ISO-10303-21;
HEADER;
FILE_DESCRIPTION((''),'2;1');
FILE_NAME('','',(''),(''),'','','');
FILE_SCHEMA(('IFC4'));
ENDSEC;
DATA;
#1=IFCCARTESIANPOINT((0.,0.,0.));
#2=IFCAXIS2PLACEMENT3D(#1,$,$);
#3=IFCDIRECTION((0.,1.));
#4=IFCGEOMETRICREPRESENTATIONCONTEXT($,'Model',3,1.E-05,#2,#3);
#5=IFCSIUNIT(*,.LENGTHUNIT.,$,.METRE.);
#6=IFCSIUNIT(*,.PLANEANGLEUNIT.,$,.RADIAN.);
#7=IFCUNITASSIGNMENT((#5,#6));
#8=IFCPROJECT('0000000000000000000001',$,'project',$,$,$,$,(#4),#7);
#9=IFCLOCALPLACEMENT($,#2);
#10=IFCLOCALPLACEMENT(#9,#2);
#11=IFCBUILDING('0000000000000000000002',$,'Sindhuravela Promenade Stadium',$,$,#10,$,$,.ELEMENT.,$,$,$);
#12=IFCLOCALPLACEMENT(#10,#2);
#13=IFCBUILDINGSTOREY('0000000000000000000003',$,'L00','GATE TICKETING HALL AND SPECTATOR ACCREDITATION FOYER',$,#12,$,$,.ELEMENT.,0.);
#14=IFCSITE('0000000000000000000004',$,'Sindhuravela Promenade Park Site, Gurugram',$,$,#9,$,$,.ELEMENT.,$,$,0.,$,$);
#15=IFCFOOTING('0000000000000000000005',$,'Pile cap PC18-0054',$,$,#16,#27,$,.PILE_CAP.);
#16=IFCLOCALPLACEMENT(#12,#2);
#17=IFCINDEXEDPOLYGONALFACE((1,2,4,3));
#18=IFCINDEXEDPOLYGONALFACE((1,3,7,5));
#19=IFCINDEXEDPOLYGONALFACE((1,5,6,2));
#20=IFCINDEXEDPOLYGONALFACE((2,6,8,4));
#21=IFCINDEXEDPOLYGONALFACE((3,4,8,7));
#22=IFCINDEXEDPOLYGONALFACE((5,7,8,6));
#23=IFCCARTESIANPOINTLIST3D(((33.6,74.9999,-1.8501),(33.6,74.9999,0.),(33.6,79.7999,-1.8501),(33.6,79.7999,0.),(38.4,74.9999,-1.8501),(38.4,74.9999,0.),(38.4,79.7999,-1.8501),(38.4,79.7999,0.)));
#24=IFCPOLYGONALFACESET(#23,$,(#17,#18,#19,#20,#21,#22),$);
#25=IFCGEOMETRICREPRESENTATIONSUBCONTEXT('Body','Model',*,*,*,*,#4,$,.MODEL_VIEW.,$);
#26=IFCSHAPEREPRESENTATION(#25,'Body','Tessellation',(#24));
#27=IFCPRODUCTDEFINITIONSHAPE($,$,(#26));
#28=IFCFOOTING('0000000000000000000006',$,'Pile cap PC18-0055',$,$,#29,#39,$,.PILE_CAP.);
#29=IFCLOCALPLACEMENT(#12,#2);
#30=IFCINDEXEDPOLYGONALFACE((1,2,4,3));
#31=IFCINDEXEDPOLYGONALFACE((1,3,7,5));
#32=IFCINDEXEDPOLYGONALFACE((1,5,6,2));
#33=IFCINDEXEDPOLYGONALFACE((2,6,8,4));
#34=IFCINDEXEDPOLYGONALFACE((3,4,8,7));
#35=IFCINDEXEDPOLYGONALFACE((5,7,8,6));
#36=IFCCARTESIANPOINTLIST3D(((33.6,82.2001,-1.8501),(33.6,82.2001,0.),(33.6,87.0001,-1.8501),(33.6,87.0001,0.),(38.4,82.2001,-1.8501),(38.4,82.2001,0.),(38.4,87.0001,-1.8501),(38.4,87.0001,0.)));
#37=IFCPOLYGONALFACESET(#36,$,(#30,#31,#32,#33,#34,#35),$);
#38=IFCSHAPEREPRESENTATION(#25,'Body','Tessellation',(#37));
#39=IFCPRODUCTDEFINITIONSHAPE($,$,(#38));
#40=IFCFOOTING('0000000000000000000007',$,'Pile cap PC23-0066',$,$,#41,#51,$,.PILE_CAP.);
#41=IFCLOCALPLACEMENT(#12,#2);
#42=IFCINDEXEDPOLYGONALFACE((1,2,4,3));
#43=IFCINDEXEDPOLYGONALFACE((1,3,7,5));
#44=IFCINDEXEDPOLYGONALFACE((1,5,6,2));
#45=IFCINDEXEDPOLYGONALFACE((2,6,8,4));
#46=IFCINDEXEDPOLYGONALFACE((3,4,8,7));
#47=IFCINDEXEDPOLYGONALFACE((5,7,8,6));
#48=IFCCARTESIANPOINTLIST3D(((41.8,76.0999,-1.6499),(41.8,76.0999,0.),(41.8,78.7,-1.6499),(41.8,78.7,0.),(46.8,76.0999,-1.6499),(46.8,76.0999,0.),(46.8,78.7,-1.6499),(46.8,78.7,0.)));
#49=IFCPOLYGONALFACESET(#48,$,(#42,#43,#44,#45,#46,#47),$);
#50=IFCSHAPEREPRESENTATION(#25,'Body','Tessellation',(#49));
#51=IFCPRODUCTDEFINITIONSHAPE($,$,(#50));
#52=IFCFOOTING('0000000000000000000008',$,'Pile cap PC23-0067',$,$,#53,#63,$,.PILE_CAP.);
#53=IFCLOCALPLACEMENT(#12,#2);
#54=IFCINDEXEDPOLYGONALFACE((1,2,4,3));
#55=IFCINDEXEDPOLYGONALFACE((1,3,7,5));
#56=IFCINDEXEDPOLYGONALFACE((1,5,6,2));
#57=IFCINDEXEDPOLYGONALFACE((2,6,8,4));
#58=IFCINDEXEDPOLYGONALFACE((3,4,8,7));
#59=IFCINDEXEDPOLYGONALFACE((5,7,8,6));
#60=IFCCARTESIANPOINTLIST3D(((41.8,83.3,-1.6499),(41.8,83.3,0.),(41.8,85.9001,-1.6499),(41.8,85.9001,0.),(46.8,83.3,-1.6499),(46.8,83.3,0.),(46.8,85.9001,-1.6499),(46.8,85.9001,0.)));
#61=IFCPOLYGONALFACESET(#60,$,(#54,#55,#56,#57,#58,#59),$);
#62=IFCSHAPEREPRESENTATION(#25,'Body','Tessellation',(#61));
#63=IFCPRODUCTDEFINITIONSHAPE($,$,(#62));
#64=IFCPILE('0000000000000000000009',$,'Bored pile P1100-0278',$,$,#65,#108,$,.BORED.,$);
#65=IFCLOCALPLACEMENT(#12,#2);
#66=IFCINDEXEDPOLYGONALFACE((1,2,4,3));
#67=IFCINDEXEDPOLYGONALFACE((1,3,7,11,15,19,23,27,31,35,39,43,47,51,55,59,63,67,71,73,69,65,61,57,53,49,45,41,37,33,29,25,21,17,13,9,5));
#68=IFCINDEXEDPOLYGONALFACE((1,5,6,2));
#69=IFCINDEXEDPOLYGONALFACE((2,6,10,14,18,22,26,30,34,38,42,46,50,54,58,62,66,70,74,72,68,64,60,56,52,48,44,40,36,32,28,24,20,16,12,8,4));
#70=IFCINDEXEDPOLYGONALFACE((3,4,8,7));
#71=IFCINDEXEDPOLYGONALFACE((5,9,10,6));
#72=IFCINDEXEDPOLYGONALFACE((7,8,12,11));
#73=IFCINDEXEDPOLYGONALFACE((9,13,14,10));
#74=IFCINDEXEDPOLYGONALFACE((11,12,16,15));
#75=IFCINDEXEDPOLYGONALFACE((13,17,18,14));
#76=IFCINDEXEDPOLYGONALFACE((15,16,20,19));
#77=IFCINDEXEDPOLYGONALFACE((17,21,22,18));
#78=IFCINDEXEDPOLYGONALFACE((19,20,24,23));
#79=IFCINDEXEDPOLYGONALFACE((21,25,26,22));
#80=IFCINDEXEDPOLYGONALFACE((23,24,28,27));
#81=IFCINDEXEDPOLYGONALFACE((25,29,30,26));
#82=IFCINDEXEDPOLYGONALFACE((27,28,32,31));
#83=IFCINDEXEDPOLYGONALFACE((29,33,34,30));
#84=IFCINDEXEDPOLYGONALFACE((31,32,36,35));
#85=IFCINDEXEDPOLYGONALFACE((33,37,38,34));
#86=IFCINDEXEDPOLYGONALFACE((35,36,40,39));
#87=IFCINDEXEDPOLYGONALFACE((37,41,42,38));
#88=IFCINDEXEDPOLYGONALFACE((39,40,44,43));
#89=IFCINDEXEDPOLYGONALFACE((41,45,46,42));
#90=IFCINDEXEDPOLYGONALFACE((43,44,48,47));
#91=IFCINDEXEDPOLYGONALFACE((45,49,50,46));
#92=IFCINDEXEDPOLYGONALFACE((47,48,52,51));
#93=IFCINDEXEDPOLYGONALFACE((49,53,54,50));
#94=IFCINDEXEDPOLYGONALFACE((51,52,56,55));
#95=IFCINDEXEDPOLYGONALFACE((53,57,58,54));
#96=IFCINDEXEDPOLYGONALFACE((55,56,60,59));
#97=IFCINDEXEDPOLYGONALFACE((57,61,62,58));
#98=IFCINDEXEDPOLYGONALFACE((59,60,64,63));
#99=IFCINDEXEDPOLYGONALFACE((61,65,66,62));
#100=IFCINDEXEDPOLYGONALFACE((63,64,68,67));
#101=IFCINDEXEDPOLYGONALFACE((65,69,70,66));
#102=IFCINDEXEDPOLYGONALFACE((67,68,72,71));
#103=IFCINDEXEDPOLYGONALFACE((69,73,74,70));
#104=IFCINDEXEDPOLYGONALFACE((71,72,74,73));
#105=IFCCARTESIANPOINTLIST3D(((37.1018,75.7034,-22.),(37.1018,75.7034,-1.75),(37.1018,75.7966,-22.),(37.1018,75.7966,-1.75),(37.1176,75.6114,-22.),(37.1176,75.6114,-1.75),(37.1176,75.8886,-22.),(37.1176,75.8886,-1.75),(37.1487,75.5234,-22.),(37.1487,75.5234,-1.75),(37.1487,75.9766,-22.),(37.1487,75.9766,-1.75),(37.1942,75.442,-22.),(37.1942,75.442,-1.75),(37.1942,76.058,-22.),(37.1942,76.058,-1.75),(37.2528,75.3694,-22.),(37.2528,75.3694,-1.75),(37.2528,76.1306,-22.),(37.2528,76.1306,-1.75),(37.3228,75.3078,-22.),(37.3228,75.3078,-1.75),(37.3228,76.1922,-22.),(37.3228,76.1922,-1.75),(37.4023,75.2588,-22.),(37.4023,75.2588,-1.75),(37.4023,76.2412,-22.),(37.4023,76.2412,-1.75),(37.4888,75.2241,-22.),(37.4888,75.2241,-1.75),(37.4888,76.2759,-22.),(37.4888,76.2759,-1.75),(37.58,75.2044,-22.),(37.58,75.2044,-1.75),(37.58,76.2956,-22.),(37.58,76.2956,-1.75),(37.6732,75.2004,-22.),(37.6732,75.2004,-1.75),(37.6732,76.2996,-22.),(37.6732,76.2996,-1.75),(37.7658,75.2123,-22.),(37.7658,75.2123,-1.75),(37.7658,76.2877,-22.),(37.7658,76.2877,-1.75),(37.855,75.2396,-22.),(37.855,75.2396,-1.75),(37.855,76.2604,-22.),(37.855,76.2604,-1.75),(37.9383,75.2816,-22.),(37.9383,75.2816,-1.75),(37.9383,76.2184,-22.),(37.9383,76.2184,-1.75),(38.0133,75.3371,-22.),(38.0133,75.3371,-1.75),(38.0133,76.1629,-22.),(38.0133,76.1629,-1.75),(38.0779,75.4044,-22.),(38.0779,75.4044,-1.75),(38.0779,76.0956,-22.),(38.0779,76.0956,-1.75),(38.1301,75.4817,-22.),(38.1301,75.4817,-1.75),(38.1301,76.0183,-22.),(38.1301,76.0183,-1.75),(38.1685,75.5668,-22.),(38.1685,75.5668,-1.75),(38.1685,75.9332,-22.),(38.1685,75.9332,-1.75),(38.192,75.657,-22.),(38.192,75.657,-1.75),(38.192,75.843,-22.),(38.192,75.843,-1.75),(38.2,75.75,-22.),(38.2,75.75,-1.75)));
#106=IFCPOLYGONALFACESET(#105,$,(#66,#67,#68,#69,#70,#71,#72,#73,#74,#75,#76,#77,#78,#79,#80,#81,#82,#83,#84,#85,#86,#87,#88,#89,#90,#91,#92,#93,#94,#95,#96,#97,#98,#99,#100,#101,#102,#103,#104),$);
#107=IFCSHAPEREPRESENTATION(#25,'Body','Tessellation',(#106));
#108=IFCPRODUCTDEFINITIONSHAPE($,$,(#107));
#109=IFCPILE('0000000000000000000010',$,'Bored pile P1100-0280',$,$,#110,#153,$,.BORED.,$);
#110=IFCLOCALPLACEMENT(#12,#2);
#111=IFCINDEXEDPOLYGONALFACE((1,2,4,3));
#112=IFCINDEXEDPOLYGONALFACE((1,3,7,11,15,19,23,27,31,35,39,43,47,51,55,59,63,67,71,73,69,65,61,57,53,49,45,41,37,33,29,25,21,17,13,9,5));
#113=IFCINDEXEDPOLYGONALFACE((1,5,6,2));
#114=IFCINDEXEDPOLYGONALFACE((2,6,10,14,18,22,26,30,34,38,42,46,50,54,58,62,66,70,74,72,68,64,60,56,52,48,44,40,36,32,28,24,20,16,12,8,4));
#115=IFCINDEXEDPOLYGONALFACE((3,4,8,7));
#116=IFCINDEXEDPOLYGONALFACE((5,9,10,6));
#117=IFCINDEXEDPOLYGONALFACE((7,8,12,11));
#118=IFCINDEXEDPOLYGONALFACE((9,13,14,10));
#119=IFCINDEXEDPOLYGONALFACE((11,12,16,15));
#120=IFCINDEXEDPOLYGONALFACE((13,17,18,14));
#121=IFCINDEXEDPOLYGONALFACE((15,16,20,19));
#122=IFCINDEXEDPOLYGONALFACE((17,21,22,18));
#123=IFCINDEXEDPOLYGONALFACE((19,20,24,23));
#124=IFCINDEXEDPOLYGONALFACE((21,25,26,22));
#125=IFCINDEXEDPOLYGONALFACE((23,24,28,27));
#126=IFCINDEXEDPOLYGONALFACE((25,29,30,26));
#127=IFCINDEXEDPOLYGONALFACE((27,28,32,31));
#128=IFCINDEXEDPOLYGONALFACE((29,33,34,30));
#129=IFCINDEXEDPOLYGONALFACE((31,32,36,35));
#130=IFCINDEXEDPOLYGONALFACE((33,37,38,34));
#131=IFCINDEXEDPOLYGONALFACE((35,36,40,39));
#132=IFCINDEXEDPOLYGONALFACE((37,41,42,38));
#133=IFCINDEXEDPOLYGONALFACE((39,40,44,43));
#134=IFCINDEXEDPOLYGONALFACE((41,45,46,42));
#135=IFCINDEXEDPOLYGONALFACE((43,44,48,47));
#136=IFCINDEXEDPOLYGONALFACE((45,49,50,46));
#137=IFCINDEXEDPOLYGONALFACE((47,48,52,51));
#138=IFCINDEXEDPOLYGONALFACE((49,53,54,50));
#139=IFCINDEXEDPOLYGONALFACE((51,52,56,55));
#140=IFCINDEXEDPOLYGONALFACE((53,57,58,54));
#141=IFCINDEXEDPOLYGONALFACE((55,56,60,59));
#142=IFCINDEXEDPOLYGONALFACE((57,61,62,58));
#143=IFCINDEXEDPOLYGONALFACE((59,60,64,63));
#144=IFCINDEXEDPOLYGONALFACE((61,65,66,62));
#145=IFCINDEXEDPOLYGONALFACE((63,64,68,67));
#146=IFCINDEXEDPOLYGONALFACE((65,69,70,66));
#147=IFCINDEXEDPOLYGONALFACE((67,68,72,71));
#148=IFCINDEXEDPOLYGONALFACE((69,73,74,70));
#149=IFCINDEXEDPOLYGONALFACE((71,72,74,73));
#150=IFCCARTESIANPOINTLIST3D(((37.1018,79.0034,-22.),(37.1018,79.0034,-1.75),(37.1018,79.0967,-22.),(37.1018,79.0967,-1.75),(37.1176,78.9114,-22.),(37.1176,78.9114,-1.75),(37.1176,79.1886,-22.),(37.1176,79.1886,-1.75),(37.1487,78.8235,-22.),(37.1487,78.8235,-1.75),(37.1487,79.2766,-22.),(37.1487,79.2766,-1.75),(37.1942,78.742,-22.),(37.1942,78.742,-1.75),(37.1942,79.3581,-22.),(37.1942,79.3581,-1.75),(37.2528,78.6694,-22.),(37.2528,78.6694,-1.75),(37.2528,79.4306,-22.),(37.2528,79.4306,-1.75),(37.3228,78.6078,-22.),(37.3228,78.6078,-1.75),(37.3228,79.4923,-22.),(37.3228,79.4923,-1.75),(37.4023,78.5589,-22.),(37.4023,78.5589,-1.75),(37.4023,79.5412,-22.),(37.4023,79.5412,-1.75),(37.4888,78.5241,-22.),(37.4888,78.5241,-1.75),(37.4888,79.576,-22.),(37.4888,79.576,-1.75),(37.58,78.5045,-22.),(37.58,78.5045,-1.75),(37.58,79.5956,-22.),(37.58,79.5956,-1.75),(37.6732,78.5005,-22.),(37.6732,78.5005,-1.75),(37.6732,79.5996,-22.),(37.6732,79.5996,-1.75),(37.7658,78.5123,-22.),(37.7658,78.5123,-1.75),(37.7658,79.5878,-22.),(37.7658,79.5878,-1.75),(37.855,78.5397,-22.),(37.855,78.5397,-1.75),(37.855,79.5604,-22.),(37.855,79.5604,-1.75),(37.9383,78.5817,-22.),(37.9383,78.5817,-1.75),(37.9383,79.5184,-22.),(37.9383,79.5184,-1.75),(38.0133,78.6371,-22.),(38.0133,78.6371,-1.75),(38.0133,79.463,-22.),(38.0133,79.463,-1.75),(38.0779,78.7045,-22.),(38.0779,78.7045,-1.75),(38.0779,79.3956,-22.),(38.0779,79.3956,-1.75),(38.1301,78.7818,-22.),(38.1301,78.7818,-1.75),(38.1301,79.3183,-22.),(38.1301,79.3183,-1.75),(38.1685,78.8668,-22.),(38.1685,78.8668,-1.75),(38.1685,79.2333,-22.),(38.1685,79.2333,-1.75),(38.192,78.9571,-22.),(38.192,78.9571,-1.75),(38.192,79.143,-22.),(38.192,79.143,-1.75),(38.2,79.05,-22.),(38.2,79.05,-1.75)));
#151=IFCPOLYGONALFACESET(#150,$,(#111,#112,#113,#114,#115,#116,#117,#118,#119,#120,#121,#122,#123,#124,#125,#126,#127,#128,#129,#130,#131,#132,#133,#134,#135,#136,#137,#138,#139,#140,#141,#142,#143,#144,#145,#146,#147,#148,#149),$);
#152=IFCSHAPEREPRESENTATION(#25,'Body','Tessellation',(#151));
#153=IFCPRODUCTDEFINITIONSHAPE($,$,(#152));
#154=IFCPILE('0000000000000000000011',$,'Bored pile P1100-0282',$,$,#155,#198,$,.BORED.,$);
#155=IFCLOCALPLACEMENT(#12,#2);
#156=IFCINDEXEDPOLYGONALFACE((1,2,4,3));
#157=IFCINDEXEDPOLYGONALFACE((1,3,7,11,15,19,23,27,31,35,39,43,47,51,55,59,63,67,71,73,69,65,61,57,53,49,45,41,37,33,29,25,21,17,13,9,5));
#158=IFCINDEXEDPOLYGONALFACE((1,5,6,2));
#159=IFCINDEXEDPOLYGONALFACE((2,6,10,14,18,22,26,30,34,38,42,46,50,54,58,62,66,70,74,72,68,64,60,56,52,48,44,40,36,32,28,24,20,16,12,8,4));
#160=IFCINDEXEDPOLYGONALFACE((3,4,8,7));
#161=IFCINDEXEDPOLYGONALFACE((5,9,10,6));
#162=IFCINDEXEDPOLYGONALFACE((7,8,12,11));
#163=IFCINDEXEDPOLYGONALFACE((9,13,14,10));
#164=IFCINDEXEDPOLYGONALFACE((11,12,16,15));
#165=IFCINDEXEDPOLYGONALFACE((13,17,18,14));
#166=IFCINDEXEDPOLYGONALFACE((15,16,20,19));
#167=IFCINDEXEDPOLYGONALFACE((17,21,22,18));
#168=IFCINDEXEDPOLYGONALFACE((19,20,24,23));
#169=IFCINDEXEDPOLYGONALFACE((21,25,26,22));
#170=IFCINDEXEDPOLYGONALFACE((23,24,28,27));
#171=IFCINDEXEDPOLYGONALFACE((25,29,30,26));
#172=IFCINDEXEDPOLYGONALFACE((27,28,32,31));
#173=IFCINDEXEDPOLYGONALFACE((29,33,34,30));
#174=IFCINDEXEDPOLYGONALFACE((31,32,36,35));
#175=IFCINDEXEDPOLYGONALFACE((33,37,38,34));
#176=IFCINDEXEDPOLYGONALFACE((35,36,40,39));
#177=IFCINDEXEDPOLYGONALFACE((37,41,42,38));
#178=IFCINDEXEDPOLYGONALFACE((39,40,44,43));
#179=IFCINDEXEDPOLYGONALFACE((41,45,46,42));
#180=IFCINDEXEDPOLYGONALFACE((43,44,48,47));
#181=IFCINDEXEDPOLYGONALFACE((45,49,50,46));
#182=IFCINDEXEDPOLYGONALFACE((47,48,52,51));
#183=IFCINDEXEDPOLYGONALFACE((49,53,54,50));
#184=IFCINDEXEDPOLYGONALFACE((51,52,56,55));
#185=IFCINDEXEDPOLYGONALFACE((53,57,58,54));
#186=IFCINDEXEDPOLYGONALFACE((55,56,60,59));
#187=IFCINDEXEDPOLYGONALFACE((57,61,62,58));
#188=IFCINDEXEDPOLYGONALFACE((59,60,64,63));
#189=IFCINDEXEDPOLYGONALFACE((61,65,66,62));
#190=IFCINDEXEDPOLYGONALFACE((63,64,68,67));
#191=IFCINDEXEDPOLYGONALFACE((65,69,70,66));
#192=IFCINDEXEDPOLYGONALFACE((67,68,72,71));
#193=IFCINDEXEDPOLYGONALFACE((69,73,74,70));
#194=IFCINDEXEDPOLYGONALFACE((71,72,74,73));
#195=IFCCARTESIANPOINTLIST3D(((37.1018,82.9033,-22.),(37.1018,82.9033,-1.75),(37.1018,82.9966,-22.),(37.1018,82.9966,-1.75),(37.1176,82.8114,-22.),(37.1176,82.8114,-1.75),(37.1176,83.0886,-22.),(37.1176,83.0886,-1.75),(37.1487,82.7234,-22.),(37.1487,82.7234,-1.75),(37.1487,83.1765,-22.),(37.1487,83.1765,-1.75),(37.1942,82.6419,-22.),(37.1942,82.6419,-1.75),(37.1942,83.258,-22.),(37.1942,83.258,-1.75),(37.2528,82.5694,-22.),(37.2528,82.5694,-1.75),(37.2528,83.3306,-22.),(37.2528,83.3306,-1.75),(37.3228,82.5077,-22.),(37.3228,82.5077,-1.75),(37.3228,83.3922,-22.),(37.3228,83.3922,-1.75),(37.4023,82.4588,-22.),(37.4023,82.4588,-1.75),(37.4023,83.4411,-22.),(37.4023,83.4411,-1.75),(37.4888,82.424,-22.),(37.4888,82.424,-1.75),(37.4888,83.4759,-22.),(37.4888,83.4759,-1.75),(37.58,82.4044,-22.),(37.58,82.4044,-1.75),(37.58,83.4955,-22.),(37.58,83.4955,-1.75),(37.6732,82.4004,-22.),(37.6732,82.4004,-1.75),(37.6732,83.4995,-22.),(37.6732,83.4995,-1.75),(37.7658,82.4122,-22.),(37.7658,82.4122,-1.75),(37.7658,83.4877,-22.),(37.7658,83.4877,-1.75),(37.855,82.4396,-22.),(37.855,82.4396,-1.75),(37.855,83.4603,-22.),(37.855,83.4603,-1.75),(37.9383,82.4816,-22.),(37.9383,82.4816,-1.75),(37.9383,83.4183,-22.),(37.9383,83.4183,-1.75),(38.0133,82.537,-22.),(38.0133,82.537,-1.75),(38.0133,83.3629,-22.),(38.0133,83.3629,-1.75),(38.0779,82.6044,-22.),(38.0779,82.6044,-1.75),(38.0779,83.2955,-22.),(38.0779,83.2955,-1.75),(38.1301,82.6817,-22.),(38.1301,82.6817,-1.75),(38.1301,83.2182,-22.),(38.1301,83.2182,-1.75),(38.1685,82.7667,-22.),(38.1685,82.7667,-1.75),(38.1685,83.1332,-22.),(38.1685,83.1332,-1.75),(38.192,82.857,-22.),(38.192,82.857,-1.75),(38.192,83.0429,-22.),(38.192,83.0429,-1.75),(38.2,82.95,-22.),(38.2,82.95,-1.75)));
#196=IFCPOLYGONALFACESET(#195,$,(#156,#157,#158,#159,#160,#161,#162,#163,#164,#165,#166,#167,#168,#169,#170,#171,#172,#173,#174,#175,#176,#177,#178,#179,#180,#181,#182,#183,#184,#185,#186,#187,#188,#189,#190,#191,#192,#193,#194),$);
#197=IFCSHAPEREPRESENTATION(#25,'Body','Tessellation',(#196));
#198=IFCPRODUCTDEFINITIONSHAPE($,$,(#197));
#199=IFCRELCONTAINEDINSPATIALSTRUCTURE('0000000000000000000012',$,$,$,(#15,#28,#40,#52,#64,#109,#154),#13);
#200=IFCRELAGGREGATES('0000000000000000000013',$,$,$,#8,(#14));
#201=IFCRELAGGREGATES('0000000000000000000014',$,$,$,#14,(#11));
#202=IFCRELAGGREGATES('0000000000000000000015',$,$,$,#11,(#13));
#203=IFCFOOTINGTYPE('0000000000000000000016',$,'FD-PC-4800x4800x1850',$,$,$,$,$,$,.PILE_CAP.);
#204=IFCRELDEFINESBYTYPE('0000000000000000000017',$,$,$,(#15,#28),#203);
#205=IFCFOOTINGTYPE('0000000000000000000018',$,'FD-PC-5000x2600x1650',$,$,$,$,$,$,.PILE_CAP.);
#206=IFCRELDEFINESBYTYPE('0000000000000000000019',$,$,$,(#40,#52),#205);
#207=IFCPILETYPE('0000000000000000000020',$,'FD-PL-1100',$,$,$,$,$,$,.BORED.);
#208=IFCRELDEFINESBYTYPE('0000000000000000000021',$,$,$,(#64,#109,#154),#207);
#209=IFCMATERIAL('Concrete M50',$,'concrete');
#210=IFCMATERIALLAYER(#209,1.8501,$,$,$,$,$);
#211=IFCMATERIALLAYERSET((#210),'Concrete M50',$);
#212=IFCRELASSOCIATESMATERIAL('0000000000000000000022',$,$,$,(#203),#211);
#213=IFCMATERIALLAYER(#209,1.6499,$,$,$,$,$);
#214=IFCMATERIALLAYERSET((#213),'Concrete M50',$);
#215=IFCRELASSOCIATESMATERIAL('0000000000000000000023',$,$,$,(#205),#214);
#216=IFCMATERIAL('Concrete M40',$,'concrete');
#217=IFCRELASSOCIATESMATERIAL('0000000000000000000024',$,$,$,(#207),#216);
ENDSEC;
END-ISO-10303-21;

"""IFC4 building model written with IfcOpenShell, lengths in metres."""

from ifc_helpers import new_model, si_unit, direction, frame, origin, origin_2d, place, context, subcontext, project, spatial, rectangle, circle, extrude, material, layer, layer_set, material_profile, profile_set, type_object, element, save


model = new_model("IFC4")

# Units and contexts
model_context = context("Model", 3, precision=1e-05, world=origin(), true_north=direction((0.0, 1.0)))
body_context = subcontext(model_context, "Body", "Model", "MODEL_VIEW")
ifc_project = project(units=[si_unit("LENGTHUNIT", "METRE"), si_unit("PLANEANGLEUNIT", "RADIAN")], contexts=[model_context])

# Site, building, storey
site_placement = place(None, origin())
site = spatial("IfcSite", under=ifc_project, at=site_placement, Name="Sindhuravela Promenade Park Site, Gurugram", CompositionType="ELEMENT", RefElevation=0.0)
building_placement = place(site_placement, origin())
building = spatial("IfcBuilding", under=site, at=building_placement, Name="Sindhuravela Promenade Stadium", CompositionType="ELEMENT")
storey_placement = place(building_placement, origin())
storey = spatial("IfcBuildingStorey", under=building, at=storey_placement, Name="L00", Description="GATE TICKETING HALL AND SPECTATOR ACCREDITATION FOYER", CompositionType="ELEMENT", Elevation=0.0)

# Footings
ifc_material_1 = material(Name="Concrete M50", Category="concrete")
ifc_layer_1 = layer(ifc_material_1, 1.8501)
ifc_layer_set_1 = layer_set([ifc_layer_1], Name="Concrete M50")
footing_type_1 = type_object("IfcFootingType", Name="FD-PC-4800x4800x1850", PredefinedType="PILE_CAP", material=ifc_layer_set_1)
for number, where, z_axis, x_axis, name in (
    (1, (36.0, 77.3999, -1.8501), (0.0, 0.0, 1.0), (1.0, 0.0, 0.0), "Pile cap PC18-0054"),
    (2, (36.0, 84.6001, -1.8501), (0.0, 0.0, 1.0), (1.0, 0.0, 0.0), "Pile cap PC18-0055"),
):
    element("IfcFooting", number, at=place(storey_placement, frame(where, z_axis=z_axis, x_axis=x_axis)), inside=storey, type_object=footing_type_1, Name=name, PredefinedType="PILE_CAP", context=body_context, shape_type="SweptSolid", body=[
        extrude(rectangle(XDim=4.8, YDim=4.8, at=origin_2d()), origin(), (0.0, 0.0, 1.0), 1.8501),
    ])
ifc_layer_2 = layer(ifc_material_1, 1.6499)
ifc_layer_set_2 = layer_set([ifc_layer_2], Name="Concrete M50")
footing_type_2 = type_object("IfcFootingType", Name="FD-PC-5000x2600x1650", PredefinedType="PILE_CAP", material=ifc_layer_set_2)
for number, where, z_axis, x_axis, name in (
    (3, (44.3, 77.3999, -1.6499), (0.0, 0.0, 1.0), (1.0, 0.0, 0.0), "Pile cap PC23-0066"),
    (4, (44.3, 84.6001, -1.6499), (0.0, 0.0, 1.0), (1.0, 0.0, 0.0), "Pile cap PC23-0067"),
):
    element("IfcFooting", number, at=place(storey_placement, frame(where, z_axis=z_axis, x_axis=x_axis)), inside=storey, type_object=footing_type_2, Name=name, PredefinedType="PILE_CAP", context=body_context, shape_type="SweptSolid", body=[
        extrude(rectangle(XDim=5.0, YDim=2.6001, at=origin_2d()), origin(), (0.0, 0.0, 1.0), 1.6499),
    ])

# Piles
ifc_material_2 = material(Name="Concrete M40", Category="concrete")
ifc_material_profile_1 = material_profile(ifc_material_2, circle(Radius=0.55, at=origin_2d()), Name="BORED PILE D1100")
ifc_profile_set_1 = profile_set([ifc_material_profile_1], Name="Concrete M40")
pile_type = type_object("IfcPileType", Name="FD-PL-1100", PredefinedType="BORED", material=ifc_profile_set_1)
for number, where, z_axis, x_axis, name in (
    (5, (37.6499, 75.75, -1.75), (0.0, 0.0, -1.0), (1.0, 0.0, 0.0), "Bored pile P1100-0278"),
    (6, (37.6499, 79.05, -1.75), (0.0, 0.0, -1.0), (1.0, 0.0, 0.0), "Bored pile P1100-0280"),
    (7, (37.6499, 82.95, -1.75), (0.0, 0.0, -1.0), (1.0, 0.0, 0.0), "Bored pile P1100-0282"),
):
    element("IfcPile", number, at=place(storey_placement, frame(where, z_axis=z_axis, x_axis=x_axis)), inside=storey, type_object=pile_type, Name=name, PredefinedType="BORED", context=body_context, shape_type="SweptSolid", body=[
        extrude(circle(Radius=0.55, at=origin_2d()), origin(), (0.0, 0.0, 1.0), 20.25),
    ])

save(model, "model.ifc")
